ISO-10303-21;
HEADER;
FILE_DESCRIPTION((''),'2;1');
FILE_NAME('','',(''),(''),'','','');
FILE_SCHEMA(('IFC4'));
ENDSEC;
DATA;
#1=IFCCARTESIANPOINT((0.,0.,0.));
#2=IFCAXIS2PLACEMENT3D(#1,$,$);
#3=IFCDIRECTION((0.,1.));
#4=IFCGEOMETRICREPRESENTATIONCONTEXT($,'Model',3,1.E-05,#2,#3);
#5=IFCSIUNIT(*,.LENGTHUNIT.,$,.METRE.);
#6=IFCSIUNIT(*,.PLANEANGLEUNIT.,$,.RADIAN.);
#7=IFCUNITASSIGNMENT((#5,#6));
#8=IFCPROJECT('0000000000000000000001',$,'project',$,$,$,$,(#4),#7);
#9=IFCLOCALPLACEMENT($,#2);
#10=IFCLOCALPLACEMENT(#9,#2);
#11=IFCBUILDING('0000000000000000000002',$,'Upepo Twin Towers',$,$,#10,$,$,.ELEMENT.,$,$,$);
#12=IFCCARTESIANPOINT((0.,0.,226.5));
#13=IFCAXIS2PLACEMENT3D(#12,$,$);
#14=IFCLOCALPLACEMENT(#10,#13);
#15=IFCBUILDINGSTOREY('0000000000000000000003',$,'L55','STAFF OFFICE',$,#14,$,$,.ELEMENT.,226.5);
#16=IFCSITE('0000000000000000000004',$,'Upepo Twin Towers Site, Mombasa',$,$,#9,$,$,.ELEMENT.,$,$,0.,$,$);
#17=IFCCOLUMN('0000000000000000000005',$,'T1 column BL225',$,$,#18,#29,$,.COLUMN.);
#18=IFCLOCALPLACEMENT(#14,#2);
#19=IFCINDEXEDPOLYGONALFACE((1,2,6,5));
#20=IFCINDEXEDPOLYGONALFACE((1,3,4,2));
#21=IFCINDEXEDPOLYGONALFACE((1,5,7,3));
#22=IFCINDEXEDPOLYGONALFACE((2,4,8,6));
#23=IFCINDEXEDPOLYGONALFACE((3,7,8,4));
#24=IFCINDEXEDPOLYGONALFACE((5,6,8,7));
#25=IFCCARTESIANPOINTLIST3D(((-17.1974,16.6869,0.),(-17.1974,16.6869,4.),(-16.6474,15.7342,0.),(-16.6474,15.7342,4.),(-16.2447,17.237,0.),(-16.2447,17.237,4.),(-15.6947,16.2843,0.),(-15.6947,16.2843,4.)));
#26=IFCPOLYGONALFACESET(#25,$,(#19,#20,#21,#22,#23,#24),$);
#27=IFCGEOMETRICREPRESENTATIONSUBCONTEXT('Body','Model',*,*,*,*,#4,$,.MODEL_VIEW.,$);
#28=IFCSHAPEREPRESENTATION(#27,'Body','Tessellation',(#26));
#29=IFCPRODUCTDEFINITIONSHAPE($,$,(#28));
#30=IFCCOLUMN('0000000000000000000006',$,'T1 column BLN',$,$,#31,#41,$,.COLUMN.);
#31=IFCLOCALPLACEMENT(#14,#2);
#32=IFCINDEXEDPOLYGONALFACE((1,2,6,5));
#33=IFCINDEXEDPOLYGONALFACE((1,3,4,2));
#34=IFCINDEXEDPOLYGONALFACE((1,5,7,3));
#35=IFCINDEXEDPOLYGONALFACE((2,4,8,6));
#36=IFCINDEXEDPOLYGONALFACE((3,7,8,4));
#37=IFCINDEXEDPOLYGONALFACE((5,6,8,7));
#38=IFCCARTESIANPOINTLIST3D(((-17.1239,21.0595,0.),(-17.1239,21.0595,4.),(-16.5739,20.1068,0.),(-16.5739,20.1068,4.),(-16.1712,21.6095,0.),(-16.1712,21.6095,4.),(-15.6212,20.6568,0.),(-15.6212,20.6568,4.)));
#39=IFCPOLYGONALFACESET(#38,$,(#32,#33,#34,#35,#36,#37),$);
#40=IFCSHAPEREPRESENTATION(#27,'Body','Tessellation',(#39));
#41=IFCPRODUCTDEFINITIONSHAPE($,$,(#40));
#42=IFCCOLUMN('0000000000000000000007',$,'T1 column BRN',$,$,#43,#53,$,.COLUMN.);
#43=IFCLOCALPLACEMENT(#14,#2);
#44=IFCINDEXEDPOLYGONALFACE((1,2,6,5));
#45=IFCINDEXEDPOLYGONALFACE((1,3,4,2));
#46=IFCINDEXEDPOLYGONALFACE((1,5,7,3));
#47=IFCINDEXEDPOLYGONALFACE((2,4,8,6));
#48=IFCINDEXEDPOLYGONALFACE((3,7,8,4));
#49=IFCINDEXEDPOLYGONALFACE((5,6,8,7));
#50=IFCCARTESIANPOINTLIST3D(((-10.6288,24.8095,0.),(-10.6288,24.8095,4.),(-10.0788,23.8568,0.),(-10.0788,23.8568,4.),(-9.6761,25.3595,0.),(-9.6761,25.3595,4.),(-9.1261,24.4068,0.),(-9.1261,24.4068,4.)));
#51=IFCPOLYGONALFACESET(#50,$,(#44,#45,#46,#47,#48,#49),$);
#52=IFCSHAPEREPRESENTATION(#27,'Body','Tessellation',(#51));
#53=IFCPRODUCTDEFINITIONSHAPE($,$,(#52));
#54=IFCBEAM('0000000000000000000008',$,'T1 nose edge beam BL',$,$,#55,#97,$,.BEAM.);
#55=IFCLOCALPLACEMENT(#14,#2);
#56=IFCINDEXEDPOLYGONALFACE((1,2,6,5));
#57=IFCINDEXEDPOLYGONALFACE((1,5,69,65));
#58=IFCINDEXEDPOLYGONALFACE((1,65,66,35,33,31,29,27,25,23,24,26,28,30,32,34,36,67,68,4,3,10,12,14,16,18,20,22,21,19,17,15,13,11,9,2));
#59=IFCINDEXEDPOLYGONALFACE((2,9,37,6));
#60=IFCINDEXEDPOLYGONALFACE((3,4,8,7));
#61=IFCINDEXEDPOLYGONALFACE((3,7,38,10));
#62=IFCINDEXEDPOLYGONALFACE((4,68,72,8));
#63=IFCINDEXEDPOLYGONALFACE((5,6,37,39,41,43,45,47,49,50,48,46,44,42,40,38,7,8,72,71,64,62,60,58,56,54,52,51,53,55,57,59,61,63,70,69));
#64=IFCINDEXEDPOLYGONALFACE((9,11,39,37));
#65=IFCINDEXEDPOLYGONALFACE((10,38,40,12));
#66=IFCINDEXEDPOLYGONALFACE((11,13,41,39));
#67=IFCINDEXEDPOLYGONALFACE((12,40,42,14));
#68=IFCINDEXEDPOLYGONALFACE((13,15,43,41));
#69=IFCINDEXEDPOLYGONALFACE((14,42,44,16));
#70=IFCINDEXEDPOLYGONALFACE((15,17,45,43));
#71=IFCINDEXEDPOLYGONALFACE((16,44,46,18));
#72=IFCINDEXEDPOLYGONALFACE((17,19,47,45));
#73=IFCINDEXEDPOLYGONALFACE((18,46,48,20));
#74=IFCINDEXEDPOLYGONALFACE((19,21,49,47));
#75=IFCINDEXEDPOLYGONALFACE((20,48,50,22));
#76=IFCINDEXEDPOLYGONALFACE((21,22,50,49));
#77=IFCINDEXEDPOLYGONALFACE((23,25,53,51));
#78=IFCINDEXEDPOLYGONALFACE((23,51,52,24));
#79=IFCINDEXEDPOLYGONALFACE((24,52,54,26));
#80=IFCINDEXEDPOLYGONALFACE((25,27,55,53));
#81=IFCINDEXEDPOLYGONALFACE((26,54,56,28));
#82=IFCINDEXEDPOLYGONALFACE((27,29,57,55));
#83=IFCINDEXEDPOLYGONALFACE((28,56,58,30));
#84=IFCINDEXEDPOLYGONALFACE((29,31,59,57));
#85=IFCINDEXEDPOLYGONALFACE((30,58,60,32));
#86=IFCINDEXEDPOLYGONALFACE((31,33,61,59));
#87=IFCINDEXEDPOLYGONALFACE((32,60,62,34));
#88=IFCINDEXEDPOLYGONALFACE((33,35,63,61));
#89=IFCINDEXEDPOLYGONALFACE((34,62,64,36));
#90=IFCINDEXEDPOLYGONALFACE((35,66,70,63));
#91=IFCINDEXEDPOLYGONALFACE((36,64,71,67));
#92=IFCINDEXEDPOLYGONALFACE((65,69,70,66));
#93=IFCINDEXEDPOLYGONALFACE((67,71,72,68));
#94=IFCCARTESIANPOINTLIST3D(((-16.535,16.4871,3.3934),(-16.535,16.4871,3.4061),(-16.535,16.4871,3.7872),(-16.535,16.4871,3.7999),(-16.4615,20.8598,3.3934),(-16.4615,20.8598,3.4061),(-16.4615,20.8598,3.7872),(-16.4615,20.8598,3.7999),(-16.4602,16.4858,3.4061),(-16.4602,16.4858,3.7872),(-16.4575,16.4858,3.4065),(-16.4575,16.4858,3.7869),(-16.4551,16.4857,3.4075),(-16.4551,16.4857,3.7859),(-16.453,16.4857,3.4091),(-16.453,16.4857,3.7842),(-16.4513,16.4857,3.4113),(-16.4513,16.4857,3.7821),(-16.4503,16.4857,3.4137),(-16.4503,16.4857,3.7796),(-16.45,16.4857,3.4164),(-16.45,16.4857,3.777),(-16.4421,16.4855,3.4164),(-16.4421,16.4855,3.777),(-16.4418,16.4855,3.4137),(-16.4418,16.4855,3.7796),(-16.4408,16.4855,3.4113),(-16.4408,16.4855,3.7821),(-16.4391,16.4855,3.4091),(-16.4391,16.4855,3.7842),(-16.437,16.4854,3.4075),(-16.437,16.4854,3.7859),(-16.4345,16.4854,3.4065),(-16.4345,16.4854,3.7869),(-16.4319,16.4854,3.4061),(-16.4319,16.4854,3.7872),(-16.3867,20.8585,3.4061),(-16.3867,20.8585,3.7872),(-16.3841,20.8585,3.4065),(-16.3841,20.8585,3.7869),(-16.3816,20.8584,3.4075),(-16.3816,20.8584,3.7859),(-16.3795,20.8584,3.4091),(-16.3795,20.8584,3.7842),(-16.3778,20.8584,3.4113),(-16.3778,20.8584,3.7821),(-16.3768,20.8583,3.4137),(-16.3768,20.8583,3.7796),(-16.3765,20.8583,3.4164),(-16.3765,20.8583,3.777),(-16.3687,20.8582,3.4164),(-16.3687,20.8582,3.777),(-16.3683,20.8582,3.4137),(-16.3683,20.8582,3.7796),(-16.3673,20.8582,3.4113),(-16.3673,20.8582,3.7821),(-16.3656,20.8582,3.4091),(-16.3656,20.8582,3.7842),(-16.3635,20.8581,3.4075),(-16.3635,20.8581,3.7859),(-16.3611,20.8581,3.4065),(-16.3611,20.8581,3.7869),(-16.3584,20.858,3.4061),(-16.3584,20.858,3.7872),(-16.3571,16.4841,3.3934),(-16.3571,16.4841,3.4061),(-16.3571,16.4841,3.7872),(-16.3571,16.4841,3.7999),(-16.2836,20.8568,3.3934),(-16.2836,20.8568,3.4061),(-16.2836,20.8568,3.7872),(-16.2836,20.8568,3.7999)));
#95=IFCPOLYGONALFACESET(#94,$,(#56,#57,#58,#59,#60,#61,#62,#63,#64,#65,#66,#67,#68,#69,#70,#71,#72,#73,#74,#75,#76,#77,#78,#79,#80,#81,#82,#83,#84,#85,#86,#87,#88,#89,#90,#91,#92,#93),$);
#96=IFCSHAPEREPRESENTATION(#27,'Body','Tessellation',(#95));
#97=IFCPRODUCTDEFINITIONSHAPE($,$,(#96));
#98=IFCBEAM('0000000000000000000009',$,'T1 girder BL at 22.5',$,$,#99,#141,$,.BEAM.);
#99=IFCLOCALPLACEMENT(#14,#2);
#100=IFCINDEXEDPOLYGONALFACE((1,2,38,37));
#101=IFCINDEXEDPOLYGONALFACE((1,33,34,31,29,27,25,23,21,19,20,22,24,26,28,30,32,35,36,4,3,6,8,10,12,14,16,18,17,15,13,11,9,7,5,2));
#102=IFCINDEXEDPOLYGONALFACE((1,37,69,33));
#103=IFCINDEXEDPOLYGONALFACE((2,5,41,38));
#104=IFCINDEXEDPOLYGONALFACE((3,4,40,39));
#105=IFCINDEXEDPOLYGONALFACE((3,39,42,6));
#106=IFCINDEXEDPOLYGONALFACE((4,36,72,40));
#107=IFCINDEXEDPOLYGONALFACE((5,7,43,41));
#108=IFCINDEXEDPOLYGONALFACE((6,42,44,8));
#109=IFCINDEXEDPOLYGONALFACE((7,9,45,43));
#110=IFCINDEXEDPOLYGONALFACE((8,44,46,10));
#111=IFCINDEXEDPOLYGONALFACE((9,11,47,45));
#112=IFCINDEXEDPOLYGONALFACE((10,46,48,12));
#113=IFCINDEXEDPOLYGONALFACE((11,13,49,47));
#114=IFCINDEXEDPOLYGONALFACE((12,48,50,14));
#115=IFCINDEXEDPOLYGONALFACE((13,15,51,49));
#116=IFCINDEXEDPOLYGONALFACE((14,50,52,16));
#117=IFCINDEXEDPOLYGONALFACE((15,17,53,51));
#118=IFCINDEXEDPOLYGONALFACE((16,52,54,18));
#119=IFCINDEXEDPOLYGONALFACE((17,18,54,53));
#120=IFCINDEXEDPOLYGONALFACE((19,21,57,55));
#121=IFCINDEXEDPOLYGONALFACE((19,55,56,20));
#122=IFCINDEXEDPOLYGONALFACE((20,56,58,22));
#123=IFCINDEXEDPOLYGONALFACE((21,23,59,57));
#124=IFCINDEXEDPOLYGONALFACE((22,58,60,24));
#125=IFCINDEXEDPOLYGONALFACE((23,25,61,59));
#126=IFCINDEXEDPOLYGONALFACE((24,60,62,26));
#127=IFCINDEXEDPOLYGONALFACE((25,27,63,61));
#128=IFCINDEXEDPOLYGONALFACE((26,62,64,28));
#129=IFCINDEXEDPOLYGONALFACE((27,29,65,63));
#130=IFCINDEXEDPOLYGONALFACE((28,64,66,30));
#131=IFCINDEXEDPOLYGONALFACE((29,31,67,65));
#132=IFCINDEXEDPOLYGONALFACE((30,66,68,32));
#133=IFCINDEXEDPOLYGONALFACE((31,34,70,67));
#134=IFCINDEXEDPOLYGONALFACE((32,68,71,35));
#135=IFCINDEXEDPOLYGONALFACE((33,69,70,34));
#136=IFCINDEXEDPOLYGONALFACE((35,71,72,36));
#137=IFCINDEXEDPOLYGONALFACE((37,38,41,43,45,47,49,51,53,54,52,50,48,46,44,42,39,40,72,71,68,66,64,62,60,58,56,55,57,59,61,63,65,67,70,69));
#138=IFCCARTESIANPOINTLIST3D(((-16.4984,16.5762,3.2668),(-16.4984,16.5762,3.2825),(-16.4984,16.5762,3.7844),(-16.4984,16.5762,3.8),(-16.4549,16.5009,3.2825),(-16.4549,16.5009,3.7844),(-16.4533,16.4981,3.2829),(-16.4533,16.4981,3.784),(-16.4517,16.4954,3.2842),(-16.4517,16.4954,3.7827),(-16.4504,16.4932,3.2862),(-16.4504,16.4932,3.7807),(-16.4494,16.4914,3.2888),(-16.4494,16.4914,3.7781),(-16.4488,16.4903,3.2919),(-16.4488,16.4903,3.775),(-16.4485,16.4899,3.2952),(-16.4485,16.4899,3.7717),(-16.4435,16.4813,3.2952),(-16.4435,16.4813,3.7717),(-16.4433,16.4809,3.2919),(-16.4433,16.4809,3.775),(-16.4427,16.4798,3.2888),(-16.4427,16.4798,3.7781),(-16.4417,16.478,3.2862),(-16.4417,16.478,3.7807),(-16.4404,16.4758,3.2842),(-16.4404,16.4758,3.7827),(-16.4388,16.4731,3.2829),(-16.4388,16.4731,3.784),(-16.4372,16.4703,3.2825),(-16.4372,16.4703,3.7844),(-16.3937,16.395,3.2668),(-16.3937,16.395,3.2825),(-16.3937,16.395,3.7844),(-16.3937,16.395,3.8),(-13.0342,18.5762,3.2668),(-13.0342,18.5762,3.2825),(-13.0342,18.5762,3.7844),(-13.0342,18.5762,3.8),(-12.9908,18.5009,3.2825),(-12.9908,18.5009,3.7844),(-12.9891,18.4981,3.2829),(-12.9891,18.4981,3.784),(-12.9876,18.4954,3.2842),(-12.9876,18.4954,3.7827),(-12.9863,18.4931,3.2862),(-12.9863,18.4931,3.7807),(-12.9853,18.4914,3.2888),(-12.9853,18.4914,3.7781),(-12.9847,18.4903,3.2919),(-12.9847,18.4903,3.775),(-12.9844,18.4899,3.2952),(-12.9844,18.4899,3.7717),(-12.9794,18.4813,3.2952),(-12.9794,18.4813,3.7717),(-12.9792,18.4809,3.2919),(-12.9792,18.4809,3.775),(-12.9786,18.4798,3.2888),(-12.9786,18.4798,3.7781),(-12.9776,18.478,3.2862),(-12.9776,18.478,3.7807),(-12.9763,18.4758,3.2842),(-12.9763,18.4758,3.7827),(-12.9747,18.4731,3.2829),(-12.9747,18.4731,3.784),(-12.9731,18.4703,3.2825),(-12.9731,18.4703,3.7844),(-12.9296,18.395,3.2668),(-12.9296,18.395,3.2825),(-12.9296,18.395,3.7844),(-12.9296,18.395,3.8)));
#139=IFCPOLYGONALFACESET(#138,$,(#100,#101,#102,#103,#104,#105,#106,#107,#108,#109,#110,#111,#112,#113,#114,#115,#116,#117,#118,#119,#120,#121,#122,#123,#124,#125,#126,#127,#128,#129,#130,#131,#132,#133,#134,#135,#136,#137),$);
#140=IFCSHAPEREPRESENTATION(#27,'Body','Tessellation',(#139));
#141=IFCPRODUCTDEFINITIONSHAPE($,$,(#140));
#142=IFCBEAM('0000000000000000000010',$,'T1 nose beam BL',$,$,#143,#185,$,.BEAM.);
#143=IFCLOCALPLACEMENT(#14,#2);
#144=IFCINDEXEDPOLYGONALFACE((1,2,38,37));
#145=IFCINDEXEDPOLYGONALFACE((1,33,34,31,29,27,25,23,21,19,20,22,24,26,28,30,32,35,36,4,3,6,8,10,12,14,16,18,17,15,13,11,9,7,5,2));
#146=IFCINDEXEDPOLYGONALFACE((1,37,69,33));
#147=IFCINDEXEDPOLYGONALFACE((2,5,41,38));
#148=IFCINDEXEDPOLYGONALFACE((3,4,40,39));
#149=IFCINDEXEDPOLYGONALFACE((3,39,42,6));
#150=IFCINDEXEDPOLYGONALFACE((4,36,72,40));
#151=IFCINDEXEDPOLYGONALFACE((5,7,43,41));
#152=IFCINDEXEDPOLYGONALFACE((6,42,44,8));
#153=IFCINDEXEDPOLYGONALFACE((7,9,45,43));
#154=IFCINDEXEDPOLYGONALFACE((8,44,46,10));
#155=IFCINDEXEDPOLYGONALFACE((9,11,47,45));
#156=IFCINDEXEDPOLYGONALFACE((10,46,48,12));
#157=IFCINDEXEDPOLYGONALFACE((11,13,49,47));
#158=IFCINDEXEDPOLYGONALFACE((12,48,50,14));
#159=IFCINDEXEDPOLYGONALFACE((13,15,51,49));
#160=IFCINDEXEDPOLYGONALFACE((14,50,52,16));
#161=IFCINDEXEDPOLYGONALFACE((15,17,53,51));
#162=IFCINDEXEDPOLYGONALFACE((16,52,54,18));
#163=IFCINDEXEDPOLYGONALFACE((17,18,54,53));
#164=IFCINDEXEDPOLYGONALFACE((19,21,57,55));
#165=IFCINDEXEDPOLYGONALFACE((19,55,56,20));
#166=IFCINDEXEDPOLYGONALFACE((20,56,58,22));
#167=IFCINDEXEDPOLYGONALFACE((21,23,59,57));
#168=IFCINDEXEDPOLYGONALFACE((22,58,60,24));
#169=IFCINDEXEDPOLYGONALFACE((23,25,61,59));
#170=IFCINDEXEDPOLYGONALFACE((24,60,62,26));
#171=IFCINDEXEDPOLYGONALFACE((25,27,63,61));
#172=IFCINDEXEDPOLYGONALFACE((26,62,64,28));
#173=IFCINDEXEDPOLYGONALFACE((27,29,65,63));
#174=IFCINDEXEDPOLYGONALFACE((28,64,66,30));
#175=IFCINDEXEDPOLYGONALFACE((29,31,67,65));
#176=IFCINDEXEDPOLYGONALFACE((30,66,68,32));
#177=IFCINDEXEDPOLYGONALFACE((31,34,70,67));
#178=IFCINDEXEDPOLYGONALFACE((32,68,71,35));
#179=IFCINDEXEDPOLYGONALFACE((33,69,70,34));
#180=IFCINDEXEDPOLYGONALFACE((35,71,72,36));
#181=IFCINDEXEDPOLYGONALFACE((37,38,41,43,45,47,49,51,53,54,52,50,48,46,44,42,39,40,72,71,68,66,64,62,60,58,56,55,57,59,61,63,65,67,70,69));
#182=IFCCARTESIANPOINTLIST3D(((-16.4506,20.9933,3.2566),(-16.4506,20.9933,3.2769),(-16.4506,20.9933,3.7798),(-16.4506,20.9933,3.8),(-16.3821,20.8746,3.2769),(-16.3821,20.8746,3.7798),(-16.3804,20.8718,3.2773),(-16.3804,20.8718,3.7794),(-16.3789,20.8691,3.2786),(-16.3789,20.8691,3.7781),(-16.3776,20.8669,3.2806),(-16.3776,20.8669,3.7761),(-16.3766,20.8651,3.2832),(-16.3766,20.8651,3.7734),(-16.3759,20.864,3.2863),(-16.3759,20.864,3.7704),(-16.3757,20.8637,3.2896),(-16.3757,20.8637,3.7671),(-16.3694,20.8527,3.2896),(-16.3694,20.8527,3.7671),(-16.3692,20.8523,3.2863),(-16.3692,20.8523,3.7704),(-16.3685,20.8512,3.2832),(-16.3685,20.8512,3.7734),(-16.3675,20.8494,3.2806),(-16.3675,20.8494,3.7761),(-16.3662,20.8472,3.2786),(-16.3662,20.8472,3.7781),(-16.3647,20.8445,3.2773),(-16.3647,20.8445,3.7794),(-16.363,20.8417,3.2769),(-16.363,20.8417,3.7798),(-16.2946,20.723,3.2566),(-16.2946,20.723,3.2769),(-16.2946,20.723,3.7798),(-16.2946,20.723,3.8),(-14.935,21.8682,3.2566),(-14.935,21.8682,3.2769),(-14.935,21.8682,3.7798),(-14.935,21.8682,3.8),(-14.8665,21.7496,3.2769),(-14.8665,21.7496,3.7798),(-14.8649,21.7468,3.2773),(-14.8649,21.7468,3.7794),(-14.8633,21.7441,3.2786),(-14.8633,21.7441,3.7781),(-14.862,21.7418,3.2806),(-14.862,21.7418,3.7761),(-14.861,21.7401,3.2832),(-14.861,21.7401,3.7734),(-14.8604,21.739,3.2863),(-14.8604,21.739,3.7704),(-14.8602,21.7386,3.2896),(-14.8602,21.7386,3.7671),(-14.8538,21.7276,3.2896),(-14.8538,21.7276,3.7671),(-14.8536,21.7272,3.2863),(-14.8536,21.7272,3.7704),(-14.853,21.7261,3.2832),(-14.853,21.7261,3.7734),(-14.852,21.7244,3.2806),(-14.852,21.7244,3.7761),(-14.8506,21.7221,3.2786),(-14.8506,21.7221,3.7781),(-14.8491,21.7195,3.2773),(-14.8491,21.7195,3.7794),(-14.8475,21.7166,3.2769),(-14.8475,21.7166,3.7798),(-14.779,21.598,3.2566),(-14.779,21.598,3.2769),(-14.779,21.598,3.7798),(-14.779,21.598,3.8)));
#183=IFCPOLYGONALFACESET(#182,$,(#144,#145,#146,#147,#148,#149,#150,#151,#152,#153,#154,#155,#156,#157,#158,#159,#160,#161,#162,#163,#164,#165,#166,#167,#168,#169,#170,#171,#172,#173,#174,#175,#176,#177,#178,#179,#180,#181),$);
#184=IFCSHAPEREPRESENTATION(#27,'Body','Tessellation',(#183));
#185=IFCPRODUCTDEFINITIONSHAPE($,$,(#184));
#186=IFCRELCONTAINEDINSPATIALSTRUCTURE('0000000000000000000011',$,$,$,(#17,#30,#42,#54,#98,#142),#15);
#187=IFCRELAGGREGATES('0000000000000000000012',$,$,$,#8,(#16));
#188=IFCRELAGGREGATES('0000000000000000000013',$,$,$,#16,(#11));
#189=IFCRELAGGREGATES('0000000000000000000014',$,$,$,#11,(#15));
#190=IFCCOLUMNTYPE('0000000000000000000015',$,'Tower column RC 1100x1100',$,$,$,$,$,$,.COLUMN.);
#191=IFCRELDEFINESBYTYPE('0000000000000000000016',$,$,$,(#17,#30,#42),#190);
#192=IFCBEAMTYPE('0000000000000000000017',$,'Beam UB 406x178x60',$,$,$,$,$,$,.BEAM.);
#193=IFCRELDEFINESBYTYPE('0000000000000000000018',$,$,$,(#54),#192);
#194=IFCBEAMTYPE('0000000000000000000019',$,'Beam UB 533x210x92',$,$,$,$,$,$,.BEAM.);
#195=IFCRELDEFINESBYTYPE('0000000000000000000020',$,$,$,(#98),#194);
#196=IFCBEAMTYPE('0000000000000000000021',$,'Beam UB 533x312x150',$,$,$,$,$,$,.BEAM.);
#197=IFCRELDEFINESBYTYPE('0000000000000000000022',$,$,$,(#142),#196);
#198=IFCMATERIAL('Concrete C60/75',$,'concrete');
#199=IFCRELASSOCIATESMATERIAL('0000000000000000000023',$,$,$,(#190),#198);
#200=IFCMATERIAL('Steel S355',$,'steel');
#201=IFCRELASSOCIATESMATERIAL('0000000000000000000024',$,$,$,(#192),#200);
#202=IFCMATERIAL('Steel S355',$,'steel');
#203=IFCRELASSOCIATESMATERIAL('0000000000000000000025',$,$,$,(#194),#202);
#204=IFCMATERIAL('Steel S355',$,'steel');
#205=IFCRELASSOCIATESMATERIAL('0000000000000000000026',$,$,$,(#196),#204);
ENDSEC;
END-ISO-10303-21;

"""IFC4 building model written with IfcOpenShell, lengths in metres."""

from ifc_helpers import new_model, si_unit, direction, frame, origin, origin_2d, place, context, subcontext, project, spatial, rectangle, i_section, extrude, material, material_profile, profile_set, type_object, element, save


model = new_model("IFC4")

# Units and contexts
model_context = context("Model", 3, precision=1e-05, world=origin(), true_north=direction((0.0, 1.0)))
body_context = subcontext(model_context, "Body", "Model", "MODEL_VIEW")
ifc_project = project(units=[si_unit("LENGTHUNIT", "METRE"), si_unit("PLANEANGLEUNIT", "RADIAN")], contexts=[model_context])

# Site, building, storey
site_placement = place(None, origin())
site = spatial("IfcSite", under=ifc_project, at=site_placement, Name="Upepo Twin Towers Site, Mombasa", CompositionType="ELEMENT", RefElevation=0.0)
building_placement = place(site_placement, origin())
building = spatial("IfcBuilding", under=site, at=building_placement, Name="Upepo Twin Towers", CompositionType="ELEMENT")
storey_placement = place(building_placement, frame((0.0, 0.0, 226.5)))
storey = spatial("IfcBuildingStorey", under=building, at=storey_placement, Name="L55", Description="STAFF OFFICE", CompositionType="ELEMENT", Elevation=226.5)

# Columns
ifc_material_1 = material(Name="Concrete C60/75", Category="concrete")
ifc_material_profile_1 = material_profile(ifc_material_1, rectangle(XDim=1.1001, YDim=1.1001, at=origin_2d()), Name="RC 1100x1100")
ifc_profile_set_1 = profile_set([ifc_material_profile_1], Name="Concrete C60/75")
column_type = type_object("IfcColumnType", Name="Tower column RC 1100x1100", PredefinedType="COLUMN", material=ifc_profile_set_1)
for number, where, z_axis, x_axis, name in (
    (1, (-16.446, 16.4856, 0.0), (0.0, 0.0, 1.0), (0.866025, 0.5, 0.0), "T1 column BL225"),
    (2, (-16.3726, 20.8582, 0.0), (0.0, 0.0, 1.0), (0.866025, 0.5, 0.0), "T1 column BLN"),
    (3, (-9.8774, 24.6082, 0.0), (0.0, 0.0, 1.0), (0.866025, 0.5, 0.0), "T1 column BRN"),
):
    element("IfcColumn", number, at=place(storey_placement, frame(where, z_axis=z_axis, x_axis=x_axis)), inside=storey, type_object=column_type, Name=name, PredefinedType="COLUMN", context=body_context, shape_type="SweptSolid", body=[
        extrude(rectangle(XDim=1.1001, YDim=1.1001, at=origin_2d()), origin(), (0.0, 0.0, 1.0), 4.0),
    ])

# Beams
ifc_material_2 = material(Name="Steel S355", Category="steel")
ifc_material_profile_2 = material_profile(ifc_material_2, i_section(OverallWidth=0.178, OverallDepth=0.4065, WebThickness=0.0078, FlangeThickness=0.0127, FilletRadius=0.0103, at=origin_2d()), Name="UB 406x178x60")
ifc_profile_set_2 = profile_set([ifc_material_profile_2], Name="Steel S355")
beam_type_1 = type_object("IfcBeamType", Name="Beam UB 406x178x60", PredefinedType="BEAM", material=ifc_profile_set_2)
beam_1_placement = place(storey_placement, frame((-16.446, 16.4856, 3.5967), z_axis=(0.016804, 0.999859, 0.0), x_axis=(-0.999859, 0.016804, 0.0)))
element("IfcBeam", 4, at=beam_1_placement, inside=storey, type_object=beam_type_1, Name="T1 nose edge beam BL", PredefinedType="BEAM", context=body_context, shape_type="SweptSolid", body=[
    extrude(i_section(OverallWidth=0.178, OverallDepth=0.4065, WebThickness=0.0078, FlangeThickness=0.0127, FilletRadius=0.0103, at=origin_2d()), origin(), (0.0, 0.0, 1.0), 4.3733),
])
ifc_material_3 = material(Name="Steel S355", Category="steel")
ifc_material_profile_3 = material_profile(ifc_material_3, i_section(OverallWidth=0.2092, OverallDepth=0.5332, WebThickness=0.01, FlangeThickness=0.0156, FilletRadius=0.0127, at=origin_2d()), Name="UB 533x210x92")
ifc_profile_set_3 = profile_set([ifc_material_profile_3], Name="Steel S355")
beam_type_2 = type_object("IfcBeamType", Name="Beam UB 533x210x92", PredefinedType="BEAM", material=ifc_profile_set_3)
beam_2_placement = place(storey_placement, frame((-16.446, 16.4856, 3.5334), z_axis=(0.866026, 0.499999, 0.0), x_axis=(-0.499999, 0.866026, 0.0)))
element("IfcBeam", 5, at=beam_2_placement, inside=storey, type_object=beam_type_2, Name="T1 girder BL at 22.5", PredefinedType="BEAM", context=body_context, shape_type="SweptSolid", body=[
    extrude(i_section(OverallWidth=0.2092, OverallDepth=0.5332, WebThickness=0.01, FlangeThickness=0.0156, FilletRadius=0.0127, at=origin_2d()), origin(), (0.0, 0.0, 1.0), 4.0),
])
ifc_material_4 = material(Name="Steel S355", Category="steel")
ifc_material_profile_4 = material_profile(ifc_material_4, i_section(OverallWidth=0.312, OverallDepth=0.5435, WebThickness=0.0127, FlangeThickness=0.0203, FilletRadius=0.0127, at=origin_2d()), Name="UB 533x312x150")
ifc_profile_set_4 = profile_set([ifc_material_profile_4], Name="Steel S355")
beam_type_3 = type_object("IfcBeamType", Name="Beam UB 533x312x150", PredefinedType="BEAM", material=ifc_profile_set_4)
for number, where, z_axis, x_axis, name in (
    (6, (-16.3726, 20.8582, 3.5283), (0.866037, 0.49998, 0.0), (-0.49998, 0.866037, 0.0), "T1 nose beam BL"),
):
    element("IfcBeam", number, at=place(storey_placement, frame(where, z_axis=z_axis, x_axis=x_axis)), inside=storey, type_object=beam_type_3, Name=name, PredefinedType="BEAM", context=body_context, shape_type="SweptSolid", body=[
        extrude(i_section(OverallWidth=0.312, OverallDepth=0.5435, WebThickness=0.0127, FlangeThickness=0.0203, FilletRadius=0.0127, at=origin_2d()), origin(), (0.0, 0.0, 1.0), 1.75),
    ])

save(model, "model.ifc")
